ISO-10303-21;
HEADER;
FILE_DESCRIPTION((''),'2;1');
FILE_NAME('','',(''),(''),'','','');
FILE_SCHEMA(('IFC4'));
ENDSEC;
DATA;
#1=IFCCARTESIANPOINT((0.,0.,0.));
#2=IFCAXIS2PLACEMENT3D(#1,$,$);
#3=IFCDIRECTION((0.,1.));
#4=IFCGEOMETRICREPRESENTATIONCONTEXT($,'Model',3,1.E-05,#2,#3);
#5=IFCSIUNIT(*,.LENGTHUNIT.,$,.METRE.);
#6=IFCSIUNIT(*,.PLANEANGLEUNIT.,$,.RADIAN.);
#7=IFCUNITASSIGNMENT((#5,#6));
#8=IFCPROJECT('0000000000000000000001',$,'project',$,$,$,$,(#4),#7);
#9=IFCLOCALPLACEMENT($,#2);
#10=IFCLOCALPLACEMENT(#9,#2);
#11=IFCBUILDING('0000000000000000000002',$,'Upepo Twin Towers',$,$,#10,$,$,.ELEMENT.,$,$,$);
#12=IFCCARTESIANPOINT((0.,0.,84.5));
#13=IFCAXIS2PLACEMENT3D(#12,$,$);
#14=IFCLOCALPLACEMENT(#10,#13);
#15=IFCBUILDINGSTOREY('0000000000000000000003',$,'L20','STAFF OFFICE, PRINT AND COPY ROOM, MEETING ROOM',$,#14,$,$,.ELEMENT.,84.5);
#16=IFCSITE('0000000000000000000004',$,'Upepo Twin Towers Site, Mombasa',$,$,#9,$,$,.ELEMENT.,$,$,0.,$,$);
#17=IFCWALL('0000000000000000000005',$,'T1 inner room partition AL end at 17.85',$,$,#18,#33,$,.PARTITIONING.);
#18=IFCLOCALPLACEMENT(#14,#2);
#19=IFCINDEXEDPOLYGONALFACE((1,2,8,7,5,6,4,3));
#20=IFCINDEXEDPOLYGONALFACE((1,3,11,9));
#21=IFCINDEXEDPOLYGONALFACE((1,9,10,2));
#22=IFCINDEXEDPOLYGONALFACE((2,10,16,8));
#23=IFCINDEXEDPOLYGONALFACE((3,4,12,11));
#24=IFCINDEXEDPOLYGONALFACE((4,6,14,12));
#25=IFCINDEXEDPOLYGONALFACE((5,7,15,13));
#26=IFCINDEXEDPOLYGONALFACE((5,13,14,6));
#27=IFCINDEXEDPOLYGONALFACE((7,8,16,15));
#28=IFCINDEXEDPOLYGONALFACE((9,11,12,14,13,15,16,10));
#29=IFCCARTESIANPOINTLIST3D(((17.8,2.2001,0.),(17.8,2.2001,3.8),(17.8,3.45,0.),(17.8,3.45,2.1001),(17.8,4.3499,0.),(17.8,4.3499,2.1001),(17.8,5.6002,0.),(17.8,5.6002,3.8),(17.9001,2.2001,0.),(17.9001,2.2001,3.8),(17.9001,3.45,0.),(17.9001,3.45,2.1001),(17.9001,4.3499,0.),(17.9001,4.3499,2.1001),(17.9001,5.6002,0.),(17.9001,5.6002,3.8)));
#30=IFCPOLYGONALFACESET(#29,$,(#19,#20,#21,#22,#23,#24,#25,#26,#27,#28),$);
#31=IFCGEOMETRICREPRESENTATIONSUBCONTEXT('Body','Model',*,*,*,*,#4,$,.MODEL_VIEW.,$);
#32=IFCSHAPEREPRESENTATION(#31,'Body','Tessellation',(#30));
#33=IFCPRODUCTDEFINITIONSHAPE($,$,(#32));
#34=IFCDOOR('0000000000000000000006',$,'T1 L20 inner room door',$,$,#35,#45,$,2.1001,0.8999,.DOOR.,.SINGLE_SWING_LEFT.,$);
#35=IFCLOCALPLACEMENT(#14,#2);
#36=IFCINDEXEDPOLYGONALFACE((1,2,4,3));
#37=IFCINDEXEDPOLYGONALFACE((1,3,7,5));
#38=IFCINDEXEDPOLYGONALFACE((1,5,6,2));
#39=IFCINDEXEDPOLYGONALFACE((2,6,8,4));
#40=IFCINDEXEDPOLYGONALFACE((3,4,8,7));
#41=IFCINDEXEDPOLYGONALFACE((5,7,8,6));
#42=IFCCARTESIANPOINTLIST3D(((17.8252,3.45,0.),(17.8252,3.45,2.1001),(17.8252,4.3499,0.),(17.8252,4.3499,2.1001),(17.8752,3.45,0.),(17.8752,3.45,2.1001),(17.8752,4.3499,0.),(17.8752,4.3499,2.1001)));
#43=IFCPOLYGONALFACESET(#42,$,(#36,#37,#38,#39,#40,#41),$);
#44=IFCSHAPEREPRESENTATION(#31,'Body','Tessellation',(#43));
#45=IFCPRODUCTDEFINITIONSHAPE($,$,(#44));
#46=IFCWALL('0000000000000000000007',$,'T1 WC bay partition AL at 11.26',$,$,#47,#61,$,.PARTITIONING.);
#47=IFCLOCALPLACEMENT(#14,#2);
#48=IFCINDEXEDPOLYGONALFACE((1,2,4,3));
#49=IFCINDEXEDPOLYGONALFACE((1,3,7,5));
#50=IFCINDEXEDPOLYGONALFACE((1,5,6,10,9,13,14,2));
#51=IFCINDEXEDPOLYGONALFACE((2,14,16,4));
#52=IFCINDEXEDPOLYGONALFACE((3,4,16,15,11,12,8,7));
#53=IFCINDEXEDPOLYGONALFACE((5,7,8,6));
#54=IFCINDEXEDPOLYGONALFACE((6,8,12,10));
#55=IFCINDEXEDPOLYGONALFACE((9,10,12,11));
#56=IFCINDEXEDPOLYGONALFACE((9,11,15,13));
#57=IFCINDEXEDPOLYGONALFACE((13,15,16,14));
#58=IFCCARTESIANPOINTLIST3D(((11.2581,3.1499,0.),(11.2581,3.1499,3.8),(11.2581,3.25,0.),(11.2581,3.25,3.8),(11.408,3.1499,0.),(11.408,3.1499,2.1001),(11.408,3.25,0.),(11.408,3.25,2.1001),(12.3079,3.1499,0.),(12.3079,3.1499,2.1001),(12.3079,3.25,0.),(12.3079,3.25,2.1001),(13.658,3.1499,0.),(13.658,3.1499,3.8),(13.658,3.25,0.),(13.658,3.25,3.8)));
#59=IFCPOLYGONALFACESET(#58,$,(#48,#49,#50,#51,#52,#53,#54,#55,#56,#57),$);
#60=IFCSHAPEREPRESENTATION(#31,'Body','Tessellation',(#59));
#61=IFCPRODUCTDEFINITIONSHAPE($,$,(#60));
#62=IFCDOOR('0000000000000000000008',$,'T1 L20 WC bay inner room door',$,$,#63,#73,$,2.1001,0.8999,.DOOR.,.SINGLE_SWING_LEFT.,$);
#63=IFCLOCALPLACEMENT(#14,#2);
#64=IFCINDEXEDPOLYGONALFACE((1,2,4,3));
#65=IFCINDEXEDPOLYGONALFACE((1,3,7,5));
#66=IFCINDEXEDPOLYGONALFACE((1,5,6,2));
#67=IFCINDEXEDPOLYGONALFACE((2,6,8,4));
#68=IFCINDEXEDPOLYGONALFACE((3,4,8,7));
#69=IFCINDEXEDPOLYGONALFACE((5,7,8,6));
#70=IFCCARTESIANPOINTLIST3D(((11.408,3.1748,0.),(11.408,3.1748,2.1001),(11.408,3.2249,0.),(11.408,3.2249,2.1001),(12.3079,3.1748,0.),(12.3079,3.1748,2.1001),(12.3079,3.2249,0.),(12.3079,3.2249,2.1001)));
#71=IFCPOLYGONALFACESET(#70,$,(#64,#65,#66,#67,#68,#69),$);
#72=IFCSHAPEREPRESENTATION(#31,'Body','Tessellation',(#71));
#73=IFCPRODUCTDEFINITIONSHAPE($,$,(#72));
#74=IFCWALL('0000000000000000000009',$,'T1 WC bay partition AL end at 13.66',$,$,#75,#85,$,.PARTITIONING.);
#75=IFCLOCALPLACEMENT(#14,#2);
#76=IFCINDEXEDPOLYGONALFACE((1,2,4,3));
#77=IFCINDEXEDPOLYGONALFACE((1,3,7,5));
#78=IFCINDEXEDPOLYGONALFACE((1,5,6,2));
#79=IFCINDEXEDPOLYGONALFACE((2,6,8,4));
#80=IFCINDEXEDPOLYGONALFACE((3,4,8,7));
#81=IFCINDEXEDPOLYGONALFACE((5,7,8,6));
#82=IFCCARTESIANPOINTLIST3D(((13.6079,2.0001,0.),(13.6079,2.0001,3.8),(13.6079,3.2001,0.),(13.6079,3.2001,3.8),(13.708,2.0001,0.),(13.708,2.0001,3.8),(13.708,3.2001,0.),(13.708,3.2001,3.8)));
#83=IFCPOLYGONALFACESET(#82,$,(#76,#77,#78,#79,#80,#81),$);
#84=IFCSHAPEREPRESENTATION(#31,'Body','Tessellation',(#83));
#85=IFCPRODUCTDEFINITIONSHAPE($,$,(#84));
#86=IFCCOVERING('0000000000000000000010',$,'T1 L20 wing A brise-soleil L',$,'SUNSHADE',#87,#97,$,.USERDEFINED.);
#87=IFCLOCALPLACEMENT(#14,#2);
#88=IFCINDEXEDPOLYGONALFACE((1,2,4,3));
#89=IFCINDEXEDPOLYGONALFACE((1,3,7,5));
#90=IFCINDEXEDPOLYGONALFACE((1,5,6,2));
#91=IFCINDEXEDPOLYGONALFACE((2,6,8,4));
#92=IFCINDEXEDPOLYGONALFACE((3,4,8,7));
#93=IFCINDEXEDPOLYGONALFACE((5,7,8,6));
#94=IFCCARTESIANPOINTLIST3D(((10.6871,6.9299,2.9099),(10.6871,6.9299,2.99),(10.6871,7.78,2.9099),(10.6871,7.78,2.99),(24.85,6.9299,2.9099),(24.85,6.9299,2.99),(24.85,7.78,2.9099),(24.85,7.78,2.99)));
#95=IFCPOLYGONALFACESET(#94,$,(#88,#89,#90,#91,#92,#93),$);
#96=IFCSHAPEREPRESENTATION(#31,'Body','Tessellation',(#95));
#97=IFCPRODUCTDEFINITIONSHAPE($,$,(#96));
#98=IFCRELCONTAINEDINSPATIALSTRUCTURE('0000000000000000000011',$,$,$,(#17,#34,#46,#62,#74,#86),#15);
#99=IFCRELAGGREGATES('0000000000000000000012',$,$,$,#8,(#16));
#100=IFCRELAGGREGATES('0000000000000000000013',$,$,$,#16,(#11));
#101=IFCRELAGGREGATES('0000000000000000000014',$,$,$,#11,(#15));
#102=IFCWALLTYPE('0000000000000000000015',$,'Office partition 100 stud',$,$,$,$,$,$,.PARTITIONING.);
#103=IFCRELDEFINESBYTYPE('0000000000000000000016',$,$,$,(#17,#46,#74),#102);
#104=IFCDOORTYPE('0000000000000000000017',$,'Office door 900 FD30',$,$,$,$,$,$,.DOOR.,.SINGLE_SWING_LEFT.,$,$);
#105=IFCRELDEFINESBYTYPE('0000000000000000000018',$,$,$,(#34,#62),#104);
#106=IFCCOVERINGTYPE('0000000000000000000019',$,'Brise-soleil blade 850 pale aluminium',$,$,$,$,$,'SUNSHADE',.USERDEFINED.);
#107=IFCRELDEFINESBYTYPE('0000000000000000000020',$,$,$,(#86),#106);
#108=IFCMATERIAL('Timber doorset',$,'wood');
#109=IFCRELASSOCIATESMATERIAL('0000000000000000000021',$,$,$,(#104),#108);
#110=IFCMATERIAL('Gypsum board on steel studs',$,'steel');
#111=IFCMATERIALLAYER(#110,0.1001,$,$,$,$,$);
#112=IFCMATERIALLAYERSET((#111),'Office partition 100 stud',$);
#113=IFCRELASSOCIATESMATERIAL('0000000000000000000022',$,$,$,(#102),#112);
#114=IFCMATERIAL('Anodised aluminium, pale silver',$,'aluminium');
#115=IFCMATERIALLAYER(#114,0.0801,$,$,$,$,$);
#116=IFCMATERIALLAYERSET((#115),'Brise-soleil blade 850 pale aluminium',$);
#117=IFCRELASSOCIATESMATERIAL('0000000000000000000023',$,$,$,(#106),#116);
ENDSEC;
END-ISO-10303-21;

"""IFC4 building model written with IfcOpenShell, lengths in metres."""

from ifc_helpers import new_model, si_unit, direction, frame, frame_2d, origin, origin_2d, place, context, subcontext, project, spatial, rectangle, extrude, material, layer, layer_set, type_object, element, fill, save


model = new_model("IFC4")

# Units and contexts
model_context = context("Model", 3, precision=1e-05, world=origin(), true_north=direction((0.0, 1.0)))
body_context = subcontext(model_context, "Body", "Model", "MODEL_VIEW")
ifc_project = project(units=[si_unit("LENGTHUNIT", "METRE"), si_unit("PLANEANGLEUNIT", "RADIAN")], contexts=[model_context])

# Site, building, storey
site_placement = place(None, origin())
site = spatial("IfcSite", under=ifc_project, at=site_placement, Name="Upepo Twin Towers Site, Mombasa", CompositionType="ELEMENT", RefElevation=0.0)
building_placement = place(site_placement, origin())
building = spatial("IfcBuilding", under=site, at=building_placement, Name="Upepo Twin Towers", CompositionType="ELEMENT")
storey_placement = place(building_placement, frame((0.0, 0.0, 84.5)))
storey = spatial("IfcBuildingStorey", under=building, at=storey_placement, Name="L20", Description="STAFF OFFICE, PRINT AND COPY ROOM, MEETING ROOM", CompositionType="ELEMENT", Elevation=84.5)

# Shared definitions
ifc_material_1 = material(Name="Timber doorset", Category="wood")
door_type_1 = type_object("IfcDoorType", Name="Office door 900 FD30", OperationType="SINGLE_SWING_LEFT", PredefinedType="DOOR", material=ifc_material_1)

# Shared definitions
ifc_material_2 = material(Name="Gypsum board on steel studs", Category="steel")
ifc_layer_1 = layer(ifc_material_2, 0.1001)
ifc_layer_set_1 = layer_set([ifc_layer_1], Name="Office partition 100 stud")
wall_type_1 = type_object("IfcWallType", Name="Office partition 100 stud", PredefinedType="PARTITIONING", material=ifc_layer_set_1)

# Walls, openings, doors
wall_1_placement = place(storey_placement, frame((17.8501, 2.2, 0.0), z_axis=(0.0, 0.0, 1.0), x_axis=(0.0, 1.0, 0.0)))
wall_1 = element("IfcWall", 1, at=wall_1_placement, inside=storey, type_object=wall_type_1, Name="T1 inner room partition AL end at 17.85", PredefinedType="PARTITIONING", context=body_context, shape_type="SweptSolid", body=[
    extrude(rectangle(XDim=3.4001, YDim=0.1001, at=frame_2d((1.7002, 0.0))), origin(), (0.0, 0.0, 1.0), 3.8),
])
opening_1_placement = place(wall_1_placement, frame((1.25, 0.0, 0.0)))
opening_1 = element("IfcOpeningElement", 2, at=opening_1_placement, cuts=wall_1, PredefinedType="OPENING", context=body_context, shape_type="SweptSolid", body=[
    extrude(rectangle(XDim=0.8999, YDim=2.1001, at=frame_2d((0.45, 1.05))), frame((0.0, 0.0601, 0.0), z_axis=(0.0, -1.0, 0.0), x_axis=(1.0, 0.0, 0.0)), (0.0, 0.0, 1.0), 0.1201),
])
door_1_placement = place(opening_1_placement, origin())
door_1 = element("IfcDoor", 3, at=door_1_placement, inside=storey, type_object=door_type_1, Name="T1 L20 inner room door", OperationType="SINGLE_SWING_LEFT", OverallHeight=2.1001, OverallWidth=0.8999, PredefinedType="DOOR", context=body_context, shape_type="SweptSolid", body=[
    extrude(rectangle(XDim=0.8999, YDim=2.1001, at=frame_2d((0.45, 1.05))), frame((0.0, 0.0249, 0.0), z_axis=(0.0, -1.0, 0.0), x_axis=(1.0, 0.0, 0.0)), (0.0, 0.0, 1.0), 0.05),
])
fill(opening_1, door_1)
wall_2_placement = place(storey_placement, frame((11.2581, 3.2, 0.0), z_axis=(0.0, 0.0, 1.0), x_axis=(1.0, 0.0, 0.0)))
wall_2 = element("IfcWall", 4, at=wall_2_placement, inside=storey, type_object=wall_type_1, Name="T1 WC bay partition AL at 11.26", PredefinedType="PARTITIONING", context=body_context, shape_type="SweptSolid", body=[
    extrude(rectangle(XDim=2.3999, YDim=0.1001, at=frame_2d((1.2, 0.0))), origin(), (0.0, 0.0, 1.0), 3.8),
])
opening_2_placement = place(wall_2_placement, frame((0.1499, 0.0, 0.0)))
opening_2 = element("IfcOpeningElement", 5, at=opening_2_placement, cuts=wall_2, PredefinedType="OPENING", context=body_context, shape_type="SweptSolid", body=[
    extrude(rectangle(XDim=0.8999, YDim=2.1001, at=frame_2d((0.45, 1.05))), frame((0.0, 0.0601, 0.0), z_axis=(0.0, -1.0, 0.0), x_axis=(1.0, 0.0, 0.0)), (0.0, 0.0, 1.0), 0.1201),
])
door_2_placement = place(opening_2_placement, origin())
door_2 = element("IfcDoor", 6, at=door_2_placement, inside=storey, type_object=door_type_1, Name="T1 L20 WC bay inner room door", OperationType="SINGLE_SWING_LEFT", OverallHeight=2.1001, OverallWidth=0.8999, PredefinedType="DOOR", context=body_context, shape_type="SweptSolid", body=[
    extrude(rectangle(XDim=0.8999, YDim=2.1001, at=frame_2d((0.45, 1.05))), frame((0.0, 0.0249, 0.0), z_axis=(0.0, -1.0, 0.0), x_axis=(1.0, 0.0, 0.0)), (0.0, 0.0, 1.0), 0.05),
])
fill(opening_2, door_2)

# Wall
wall_3_placement = place(storey_placement, frame((13.658, 2.0, 0.0), z_axis=(0.0, 0.0, 1.0), x_axis=(0.0, 1.0, 0.0)))
element("IfcWall", 7, at=wall_3_placement, inside=storey, type_object=wall_type_1, Name="T1 WC bay partition AL end at 13.66", PredefinedType="PARTITIONING", context=body_context, shape_type="SweptSolid", body=[
    extrude(rectangle(XDim=1.2, YDim=0.1001, at=frame_2d((0.6001, 0.0))), origin(), (0.0, 0.0, 1.0), 3.8),
])

# Covering
ifc_material_3 = material(Name="Anodised aluminium, pale silver", Category="aluminium")
ifc_layer_2 = layer(ifc_material_3, 0.0801)
ifc_layer_set_2 = layer_set([ifc_layer_2], Name="Brise-soleil blade 850 pale aluminium")
covering_type = type_object("IfcCoveringType", Name="Brise-soleil blade 850 pale aluminium", ElementType="SUNSHADE", PredefinedType="USERDEFINED", material=ifc_layer_set_2)
covering_placement = place(storey_placement, frame((17.7686, 7.355, 2.9099), z_axis=(0.0, 0.0, 1.0), x_axis=(1.0, 0.0, 0.0)))
element("IfcCovering", 8, at=covering_placement, inside=storey, type_object=covering_type, Name="T1 L20 wing A brise-soleil L", ObjectType="SUNSHADE", PredefinedType="USERDEFINED", context=body_context, shape_type="SweptSolid", body=[
    extrude(rectangle(XDim=14.1628, YDim=0.8501, at=origin_2d()), origin(), (0.0, 0.0, 1.0), 0.0801),
])

save(model, "model.ifc")
